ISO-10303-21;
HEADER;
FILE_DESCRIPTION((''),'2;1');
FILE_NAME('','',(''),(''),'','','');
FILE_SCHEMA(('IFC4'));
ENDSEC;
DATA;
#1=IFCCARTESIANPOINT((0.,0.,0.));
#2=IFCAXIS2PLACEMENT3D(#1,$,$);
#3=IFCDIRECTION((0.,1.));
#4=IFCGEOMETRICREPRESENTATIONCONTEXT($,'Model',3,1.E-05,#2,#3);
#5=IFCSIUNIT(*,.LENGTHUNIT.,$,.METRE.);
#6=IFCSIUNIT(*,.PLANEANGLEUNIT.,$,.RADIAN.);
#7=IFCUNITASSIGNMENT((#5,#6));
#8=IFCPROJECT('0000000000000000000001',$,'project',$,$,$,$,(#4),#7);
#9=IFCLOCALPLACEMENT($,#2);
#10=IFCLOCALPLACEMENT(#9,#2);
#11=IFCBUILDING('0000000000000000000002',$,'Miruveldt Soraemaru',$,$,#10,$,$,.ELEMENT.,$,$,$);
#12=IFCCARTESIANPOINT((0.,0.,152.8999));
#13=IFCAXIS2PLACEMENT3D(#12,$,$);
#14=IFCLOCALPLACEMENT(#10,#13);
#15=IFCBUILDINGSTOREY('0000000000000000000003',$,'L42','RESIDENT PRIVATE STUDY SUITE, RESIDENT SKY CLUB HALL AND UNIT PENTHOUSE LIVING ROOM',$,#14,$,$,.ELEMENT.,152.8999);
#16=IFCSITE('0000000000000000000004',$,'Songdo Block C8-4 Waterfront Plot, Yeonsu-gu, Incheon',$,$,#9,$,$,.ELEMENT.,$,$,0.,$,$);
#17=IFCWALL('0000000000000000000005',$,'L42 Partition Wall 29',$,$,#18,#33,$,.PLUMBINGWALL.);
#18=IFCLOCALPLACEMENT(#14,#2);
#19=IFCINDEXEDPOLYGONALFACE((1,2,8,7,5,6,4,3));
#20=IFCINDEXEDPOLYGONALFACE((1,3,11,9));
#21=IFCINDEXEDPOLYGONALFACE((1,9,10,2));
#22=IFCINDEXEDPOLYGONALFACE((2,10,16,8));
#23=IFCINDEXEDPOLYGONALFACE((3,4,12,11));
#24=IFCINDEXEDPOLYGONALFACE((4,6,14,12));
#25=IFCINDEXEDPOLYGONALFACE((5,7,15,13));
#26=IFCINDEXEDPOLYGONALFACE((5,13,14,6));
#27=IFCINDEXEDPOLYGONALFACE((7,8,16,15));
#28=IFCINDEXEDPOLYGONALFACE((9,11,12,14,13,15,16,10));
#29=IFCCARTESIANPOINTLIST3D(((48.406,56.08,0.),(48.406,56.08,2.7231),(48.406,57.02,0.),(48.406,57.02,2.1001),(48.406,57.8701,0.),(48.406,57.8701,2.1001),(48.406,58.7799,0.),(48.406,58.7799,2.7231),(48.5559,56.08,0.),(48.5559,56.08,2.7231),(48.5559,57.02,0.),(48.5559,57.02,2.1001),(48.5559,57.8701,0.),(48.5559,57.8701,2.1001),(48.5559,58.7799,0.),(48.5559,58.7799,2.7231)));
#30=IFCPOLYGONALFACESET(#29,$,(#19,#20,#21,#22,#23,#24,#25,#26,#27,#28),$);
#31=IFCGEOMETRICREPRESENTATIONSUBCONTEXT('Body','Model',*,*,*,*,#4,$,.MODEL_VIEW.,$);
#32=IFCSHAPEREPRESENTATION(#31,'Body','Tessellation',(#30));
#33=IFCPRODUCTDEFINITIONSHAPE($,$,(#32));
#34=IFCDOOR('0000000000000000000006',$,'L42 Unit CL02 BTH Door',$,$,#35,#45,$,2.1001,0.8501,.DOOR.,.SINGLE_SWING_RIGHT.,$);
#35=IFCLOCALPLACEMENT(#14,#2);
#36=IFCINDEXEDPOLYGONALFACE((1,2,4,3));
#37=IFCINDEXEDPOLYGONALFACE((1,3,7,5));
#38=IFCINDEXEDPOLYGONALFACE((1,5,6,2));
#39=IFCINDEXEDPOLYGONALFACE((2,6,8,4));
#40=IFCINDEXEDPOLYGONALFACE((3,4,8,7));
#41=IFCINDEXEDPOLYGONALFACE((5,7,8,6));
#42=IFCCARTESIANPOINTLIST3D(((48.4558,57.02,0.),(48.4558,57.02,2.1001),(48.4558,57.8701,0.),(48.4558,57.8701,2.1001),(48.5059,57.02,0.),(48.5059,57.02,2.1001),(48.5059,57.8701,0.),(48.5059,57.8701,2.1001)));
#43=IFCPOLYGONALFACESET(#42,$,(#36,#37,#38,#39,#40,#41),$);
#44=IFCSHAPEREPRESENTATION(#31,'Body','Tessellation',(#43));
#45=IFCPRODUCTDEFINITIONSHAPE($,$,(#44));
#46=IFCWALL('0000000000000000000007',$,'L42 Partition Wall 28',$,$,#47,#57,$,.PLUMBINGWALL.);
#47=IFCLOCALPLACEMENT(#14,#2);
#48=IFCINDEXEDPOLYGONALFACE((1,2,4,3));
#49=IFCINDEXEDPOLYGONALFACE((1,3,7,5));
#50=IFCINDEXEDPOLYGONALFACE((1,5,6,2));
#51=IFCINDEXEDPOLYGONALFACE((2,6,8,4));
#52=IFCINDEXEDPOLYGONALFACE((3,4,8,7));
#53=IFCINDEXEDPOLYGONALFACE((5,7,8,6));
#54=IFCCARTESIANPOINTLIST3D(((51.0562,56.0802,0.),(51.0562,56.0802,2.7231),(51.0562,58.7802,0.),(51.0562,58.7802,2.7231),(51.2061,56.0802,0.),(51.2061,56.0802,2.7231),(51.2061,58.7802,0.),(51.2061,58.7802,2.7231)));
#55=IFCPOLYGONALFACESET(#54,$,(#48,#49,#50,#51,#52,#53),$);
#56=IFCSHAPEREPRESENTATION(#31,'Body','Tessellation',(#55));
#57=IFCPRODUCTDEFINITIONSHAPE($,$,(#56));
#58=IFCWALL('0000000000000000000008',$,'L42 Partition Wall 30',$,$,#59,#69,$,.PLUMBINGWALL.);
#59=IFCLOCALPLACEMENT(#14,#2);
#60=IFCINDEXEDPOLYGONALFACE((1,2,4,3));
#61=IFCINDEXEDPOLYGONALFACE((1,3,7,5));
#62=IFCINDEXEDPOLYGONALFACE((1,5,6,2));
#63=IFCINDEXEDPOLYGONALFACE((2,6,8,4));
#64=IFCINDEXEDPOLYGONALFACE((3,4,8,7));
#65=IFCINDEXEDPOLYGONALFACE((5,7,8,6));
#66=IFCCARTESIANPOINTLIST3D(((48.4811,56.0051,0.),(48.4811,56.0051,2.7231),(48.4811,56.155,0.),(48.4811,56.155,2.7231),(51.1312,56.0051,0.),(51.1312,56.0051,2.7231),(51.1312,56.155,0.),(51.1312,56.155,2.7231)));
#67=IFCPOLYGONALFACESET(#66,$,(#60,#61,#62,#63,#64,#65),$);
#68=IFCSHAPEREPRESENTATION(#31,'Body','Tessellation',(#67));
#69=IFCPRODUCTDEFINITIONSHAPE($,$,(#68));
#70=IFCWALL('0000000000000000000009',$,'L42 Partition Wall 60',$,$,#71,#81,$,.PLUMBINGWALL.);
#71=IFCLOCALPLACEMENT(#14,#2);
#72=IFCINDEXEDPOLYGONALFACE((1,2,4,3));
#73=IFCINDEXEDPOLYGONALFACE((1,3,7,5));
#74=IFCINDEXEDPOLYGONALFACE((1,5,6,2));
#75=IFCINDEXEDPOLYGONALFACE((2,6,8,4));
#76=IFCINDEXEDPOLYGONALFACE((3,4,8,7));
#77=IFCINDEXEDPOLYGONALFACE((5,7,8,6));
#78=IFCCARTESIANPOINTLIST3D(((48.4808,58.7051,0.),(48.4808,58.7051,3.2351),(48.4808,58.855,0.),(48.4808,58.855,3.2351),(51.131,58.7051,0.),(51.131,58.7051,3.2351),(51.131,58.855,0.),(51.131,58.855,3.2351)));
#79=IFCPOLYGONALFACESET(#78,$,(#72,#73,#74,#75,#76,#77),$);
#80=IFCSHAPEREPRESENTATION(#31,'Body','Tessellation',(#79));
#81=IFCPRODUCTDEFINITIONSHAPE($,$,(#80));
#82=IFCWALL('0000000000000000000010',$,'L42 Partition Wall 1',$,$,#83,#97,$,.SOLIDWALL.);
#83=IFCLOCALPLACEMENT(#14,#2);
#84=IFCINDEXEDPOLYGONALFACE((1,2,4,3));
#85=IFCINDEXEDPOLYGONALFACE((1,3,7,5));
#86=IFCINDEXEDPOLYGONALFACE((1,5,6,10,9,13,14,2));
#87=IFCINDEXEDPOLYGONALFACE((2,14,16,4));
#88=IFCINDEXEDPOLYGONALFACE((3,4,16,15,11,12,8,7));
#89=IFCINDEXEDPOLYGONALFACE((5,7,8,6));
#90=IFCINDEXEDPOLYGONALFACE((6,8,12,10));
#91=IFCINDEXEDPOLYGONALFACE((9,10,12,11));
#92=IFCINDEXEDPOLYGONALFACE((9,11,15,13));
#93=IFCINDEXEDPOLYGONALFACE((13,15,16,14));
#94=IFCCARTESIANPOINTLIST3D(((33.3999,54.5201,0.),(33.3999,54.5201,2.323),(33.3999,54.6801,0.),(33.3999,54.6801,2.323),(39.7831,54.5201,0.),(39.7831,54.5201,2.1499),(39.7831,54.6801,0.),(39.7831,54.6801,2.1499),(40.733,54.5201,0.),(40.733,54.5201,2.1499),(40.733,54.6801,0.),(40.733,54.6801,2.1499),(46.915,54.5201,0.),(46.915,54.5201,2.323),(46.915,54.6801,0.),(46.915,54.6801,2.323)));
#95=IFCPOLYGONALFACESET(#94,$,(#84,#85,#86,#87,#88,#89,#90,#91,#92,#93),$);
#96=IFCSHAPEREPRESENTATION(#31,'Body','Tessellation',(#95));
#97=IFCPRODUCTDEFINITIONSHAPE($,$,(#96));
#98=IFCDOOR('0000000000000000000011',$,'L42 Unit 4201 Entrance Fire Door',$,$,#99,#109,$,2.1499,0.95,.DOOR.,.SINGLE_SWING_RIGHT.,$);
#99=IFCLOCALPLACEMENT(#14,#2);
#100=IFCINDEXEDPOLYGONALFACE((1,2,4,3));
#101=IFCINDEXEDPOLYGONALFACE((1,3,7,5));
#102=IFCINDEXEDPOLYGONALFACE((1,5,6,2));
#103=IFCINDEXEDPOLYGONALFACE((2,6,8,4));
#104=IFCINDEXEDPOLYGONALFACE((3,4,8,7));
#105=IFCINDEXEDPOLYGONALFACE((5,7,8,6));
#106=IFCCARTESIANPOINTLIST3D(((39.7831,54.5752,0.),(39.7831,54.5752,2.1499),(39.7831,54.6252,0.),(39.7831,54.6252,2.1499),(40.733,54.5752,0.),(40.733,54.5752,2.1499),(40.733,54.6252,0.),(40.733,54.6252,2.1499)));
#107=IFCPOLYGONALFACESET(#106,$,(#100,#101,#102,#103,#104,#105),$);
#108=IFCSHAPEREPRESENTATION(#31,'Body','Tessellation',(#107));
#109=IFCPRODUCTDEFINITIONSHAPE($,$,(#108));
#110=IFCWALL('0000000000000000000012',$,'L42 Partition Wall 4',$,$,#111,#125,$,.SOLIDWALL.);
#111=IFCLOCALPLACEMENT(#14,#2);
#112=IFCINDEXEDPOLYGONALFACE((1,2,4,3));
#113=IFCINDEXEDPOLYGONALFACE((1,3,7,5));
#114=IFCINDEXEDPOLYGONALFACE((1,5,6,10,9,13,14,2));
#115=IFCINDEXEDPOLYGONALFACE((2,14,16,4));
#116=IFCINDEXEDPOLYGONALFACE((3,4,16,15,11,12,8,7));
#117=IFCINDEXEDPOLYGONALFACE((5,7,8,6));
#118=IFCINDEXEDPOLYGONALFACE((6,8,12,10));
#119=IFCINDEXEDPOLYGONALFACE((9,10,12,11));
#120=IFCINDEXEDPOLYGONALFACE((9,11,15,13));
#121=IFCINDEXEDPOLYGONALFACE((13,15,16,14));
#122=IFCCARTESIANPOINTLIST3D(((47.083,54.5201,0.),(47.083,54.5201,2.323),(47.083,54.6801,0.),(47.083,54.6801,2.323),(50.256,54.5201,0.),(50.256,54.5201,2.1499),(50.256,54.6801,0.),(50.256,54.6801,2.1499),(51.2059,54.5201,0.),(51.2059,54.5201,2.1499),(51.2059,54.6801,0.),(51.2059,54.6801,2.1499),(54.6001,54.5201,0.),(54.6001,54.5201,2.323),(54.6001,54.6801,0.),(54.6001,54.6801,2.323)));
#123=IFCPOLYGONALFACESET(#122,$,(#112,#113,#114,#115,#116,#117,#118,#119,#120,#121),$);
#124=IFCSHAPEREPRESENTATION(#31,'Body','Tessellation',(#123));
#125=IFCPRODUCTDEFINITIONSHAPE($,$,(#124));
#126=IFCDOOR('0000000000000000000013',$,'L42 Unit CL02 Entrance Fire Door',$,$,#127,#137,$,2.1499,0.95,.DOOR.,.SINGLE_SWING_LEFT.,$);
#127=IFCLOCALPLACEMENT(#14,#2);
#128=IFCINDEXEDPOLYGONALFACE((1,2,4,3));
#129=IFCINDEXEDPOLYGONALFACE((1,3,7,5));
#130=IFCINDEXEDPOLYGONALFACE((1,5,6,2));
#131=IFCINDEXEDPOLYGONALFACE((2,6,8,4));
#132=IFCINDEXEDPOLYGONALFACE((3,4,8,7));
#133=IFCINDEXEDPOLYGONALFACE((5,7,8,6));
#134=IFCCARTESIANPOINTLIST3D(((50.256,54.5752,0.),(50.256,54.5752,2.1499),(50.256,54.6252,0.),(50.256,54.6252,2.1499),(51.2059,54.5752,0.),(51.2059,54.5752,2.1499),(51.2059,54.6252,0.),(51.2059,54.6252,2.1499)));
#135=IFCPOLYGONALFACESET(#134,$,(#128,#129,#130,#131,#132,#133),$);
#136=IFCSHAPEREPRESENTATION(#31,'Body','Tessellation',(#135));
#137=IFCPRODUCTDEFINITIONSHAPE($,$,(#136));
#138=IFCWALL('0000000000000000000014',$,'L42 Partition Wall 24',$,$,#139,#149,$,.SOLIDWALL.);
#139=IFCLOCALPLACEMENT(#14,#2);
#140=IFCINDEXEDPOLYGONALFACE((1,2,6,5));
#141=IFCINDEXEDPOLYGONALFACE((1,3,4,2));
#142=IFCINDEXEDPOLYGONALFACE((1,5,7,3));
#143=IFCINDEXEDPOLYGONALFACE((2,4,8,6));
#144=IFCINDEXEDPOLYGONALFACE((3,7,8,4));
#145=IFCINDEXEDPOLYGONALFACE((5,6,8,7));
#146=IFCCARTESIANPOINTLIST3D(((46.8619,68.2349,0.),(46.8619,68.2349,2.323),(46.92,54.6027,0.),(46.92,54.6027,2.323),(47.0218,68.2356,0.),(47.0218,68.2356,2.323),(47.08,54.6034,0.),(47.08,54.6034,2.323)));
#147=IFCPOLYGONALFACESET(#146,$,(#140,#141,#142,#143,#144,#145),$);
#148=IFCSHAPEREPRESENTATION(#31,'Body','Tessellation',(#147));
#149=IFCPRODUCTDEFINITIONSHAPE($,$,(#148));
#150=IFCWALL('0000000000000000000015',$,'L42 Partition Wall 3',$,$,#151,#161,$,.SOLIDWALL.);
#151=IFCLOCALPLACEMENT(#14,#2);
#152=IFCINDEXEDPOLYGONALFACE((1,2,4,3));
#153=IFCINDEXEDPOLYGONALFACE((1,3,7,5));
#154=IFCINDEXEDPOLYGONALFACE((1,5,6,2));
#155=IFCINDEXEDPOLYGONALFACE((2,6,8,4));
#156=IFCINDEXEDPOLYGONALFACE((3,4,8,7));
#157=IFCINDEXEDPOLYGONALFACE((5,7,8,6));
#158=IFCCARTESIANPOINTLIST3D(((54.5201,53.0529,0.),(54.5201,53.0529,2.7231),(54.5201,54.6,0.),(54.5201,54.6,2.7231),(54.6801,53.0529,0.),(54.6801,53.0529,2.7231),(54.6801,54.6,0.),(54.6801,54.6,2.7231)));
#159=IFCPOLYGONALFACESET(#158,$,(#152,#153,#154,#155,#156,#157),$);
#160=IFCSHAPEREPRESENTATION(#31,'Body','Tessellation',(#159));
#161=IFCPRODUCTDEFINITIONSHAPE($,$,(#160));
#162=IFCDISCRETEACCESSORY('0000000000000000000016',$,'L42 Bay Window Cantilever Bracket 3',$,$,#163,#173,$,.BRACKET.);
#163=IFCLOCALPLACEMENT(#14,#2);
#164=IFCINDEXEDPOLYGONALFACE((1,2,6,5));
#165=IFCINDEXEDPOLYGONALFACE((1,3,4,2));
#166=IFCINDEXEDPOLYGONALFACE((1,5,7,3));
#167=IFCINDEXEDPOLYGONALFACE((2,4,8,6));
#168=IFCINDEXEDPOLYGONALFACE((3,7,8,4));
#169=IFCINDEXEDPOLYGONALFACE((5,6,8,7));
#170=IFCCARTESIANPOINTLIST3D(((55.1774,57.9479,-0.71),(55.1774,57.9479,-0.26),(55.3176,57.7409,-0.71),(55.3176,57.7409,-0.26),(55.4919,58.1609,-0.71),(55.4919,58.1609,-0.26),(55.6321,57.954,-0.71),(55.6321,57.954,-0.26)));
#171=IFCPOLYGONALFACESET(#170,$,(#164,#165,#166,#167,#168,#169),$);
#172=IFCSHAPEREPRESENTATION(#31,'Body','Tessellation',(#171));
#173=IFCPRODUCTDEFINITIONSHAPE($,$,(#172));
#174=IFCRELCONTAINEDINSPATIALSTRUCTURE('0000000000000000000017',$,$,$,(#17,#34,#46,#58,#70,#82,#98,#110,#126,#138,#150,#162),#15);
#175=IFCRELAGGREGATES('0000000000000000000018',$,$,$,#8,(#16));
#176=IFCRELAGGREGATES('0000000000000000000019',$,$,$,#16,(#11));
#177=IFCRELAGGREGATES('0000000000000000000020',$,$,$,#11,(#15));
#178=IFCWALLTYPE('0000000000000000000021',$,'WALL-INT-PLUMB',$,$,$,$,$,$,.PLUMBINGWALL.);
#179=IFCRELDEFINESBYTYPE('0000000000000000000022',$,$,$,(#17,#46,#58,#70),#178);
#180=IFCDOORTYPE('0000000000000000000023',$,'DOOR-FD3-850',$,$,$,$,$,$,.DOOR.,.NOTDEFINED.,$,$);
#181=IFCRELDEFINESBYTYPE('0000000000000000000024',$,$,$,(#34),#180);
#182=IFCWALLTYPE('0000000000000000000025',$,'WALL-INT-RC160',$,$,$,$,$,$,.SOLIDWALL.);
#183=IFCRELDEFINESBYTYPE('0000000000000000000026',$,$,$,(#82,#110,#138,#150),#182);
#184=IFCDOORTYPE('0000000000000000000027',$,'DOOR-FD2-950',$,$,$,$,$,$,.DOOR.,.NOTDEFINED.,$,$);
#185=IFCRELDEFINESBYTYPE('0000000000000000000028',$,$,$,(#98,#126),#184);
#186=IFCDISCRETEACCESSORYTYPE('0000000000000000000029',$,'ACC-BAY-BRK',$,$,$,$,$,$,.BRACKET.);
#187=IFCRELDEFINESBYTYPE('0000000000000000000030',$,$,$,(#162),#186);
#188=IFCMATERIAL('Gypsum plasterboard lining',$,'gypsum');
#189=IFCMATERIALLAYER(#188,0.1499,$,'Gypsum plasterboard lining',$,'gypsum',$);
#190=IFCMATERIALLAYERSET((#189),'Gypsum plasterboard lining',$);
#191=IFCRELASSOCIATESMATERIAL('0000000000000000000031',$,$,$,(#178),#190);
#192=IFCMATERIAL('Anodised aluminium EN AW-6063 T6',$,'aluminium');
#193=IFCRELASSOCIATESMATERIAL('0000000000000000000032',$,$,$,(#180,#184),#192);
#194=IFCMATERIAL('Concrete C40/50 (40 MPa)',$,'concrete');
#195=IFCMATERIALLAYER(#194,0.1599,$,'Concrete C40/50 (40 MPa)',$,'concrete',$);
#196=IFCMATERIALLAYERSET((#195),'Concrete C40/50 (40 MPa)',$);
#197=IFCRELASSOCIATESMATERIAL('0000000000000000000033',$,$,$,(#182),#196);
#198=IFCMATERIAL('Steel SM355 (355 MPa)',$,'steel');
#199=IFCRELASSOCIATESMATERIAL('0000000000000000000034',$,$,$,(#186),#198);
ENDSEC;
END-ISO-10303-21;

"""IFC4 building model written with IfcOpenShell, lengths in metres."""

from ifc_helpers import new_model, si_unit, direction, frame, frame_2d, origin, origin_2d, place, context, subcontext, project, spatial, rectangle, extrude, material, layer, layer_set, type_object, element, fill, save


model = new_model("IFC4")

# Units and contexts
model_context = context("Model", 3, precision=1e-05, world=origin(), true_north=direction((0.0, 1.0)))
body_context = subcontext(model_context, "Body", "Model", "MODEL_VIEW")
ifc_project = project(units=[si_unit("LENGTHUNIT", "METRE"), si_unit("PLANEANGLEUNIT", "RADIAN")], contexts=[model_context])

# Site, building, storey
site_placement = place(None, origin())
site = spatial("IfcSite", under=ifc_project, at=site_placement, Name="Songdo Block C8-4 Waterfront Plot, Yeonsu-gu, Incheon", CompositionType="ELEMENT", RefElevation=0.0)
building_placement = place(site_placement, origin())
building = spatial("IfcBuilding", under=site, at=building_placement, Name="Miruveldt Soraemaru", CompositionType="ELEMENT")
storey_placement = place(building_placement, frame((0.0, 0.0, 152.8999)))
storey = spatial("IfcBuildingStorey", under=building, at=storey_placement, Name="L42", Description="RESIDENT PRIVATE STUDY SUITE, RESIDENT SKY CLUB HALL AND UNIT PENTHOUSE LIVING ROOM", CompositionType="ELEMENT", Elevation=152.8999)

# Shared definitions
ifc_material_1 = material(Name="Steel SM355 (355 MPa)", Category="steel")

# Wall, opening, door
ifc_material_2 = material(Name="Gypsum plasterboard lining", Category="gypsum")
ifc_layer_1 = layer(ifc_material_2, 0.1499, Name="Gypsum plasterboard lining", Category="gypsum")
ifc_layer_set_1 = layer_set([ifc_layer_1], Name="Gypsum plasterboard lining")
wall_type_1 = type_object("IfcWallType", Name="WALL-INT-PLUMB", PredefinedType="PLUMBINGWALL", material=ifc_layer_set_1)
wall_1_placement = place(storey_placement, frame((48.481, 58.78, 0.0), z_axis=(0.0, 0.0, 1.0), x_axis=(0.0, -1.0, 0.0)))
wall_1 = element("IfcWall", 1, at=wall_1_placement, inside=storey, type_object=wall_type_1, Name="L42 Partition Wall 29", PredefinedType="PLUMBINGWALL", context=body_context, shape_type="SweptSolid", body=[
    extrude(rectangle(XDim=2.7, YDim=0.1499, at=frame_2d((1.3501, 0.0))), origin(), (0.0, 0.0, 1.0), 2.7231),
])
opening_1_placement = place(wall_1_placement, frame((0.9099, 0.0, 0.0)))
opening_1 = element("IfcOpeningElement", 2, at=opening_1_placement, cuts=wall_1, PredefinedType="OPENING", context=body_context, shape_type="SweptSolid", body=[
    extrude(rectangle(XDim=0.8501, YDim=2.1001, at=frame_2d((0.425, 1.05))), frame((0.0, 0.085, 0.0), z_axis=(0.0, -1.0, 0.0), x_axis=(1.0, 0.0, 0.0)), (0.0, 0.0, 1.0), 0.1699),
])
ifc_material_3 = material(Name="Anodised aluminium EN AW-6063 T6", Category="aluminium")
door_type_1 = type_object("IfcDoorType", Name="DOOR-FD3-850", OperationType="NOTDEFINED", PredefinedType="DOOR", material=ifc_material_3)
door_1_placement = place(opening_1_placement, origin())
door_1 = element("IfcDoor", 3, at=door_1_placement, inside=storey, type_object=door_type_1, Name="L42 Unit CL02 BTH Door", OperationType="SINGLE_SWING_RIGHT", OverallHeight=2.1001, OverallWidth=0.8501, PredefinedType="DOOR", context=body_context, shape_type="SweptSolid", body=[
    extrude(rectangle(XDim=0.8501, YDim=2.1001, at=frame_2d((0.425, 1.05))), frame((0.0, 0.0249, 0.0), z_axis=(0.0, -1.0, 0.0), x_axis=(1.0, 0.0, 0.0)), (0.0, 0.0, 1.0), 0.05),
])
fill(opening_1, door_1)

# Walls
wall_2_placement = place(storey_placement, frame((51.1311, 56.0801, 0.0), z_axis=(0.0, 0.0, 1.0), x_axis=(0.0, 1.0, 0.0)))
element("IfcWall", 4, at=wall_2_placement, inside=storey, type_object=wall_type_1, Name="L42 Partition Wall 28", PredefinedType="PLUMBINGWALL", context=body_context, shape_type="SweptSolid", body=[
    extrude(rectangle(XDim=2.7, YDim=0.1499, at=frame_2d((1.3501, 0.0))), origin(), (0.0, 0.0, 1.0), 2.7231),
])
wall_3_placement = place(storey_placement, frame((48.481, 56.0801, 0.0), z_axis=(0.0, 0.0, 1.0), x_axis=(1.0, 0.0, 0.0)))
element("IfcWall", 5, at=wall_3_placement, inside=storey, type_object=wall_type_1, Name="L42 Partition Wall 30", PredefinedType="PLUMBINGWALL", context=body_context, shape_type="SweptSolid", body=[
    extrude(rectangle(XDim=2.6501, YDim=0.1499, at=frame_2d((1.3252, 0.0))), origin(), (0.0, 0.0, 1.0), 2.7231),
])
wall_4_placement = place(storey_placement, frame((51.1311, 58.78, 0.0), z_axis=(0.0, 0.0, 1.0), x_axis=(-1.0, 0.0, 0.0)))
element("IfcWall", 6, at=wall_4_placement, inside=storey, type_object=wall_type_1, Name="L42 Partition Wall 60", PredefinedType="PLUMBINGWALL", context=body_context, shape_type="SweptSolid", body=[
    extrude(rectangle(XDim=2.6501, YDim=0.1499, at=frame_2d((1.3252, 0.0))), origin(), (0.0, 0.0, 1.0), 3.2351),
])

# Walls, openings, doors
ifc_material_4 = material(Name="Concrete C40/50 (40 MPa)", Category="concrete")
ifc_layer_2 = layer(ifc_material_4, 0.1599, Name="Concrete C40/50 (40 MPa)", Category="concrete")
ifc_layer_set_2 = layer_set([ifc_layer_2], Name="Concrete C40/50 (40 MPa)")
wall_type_2 = type_object("IfcWallType", Name="WALL-INT-RC160", PredefinedType="SOLIDWALL", material=ifc_layer_set_2)
wall_5_placement = place(storey_placement, frame((46.915, 54.6001, 0.0), z_axis=(0.0, 0.0, 1.0), x_axis=(-1.0, 0.0, 0.0)))
wall_5 = element("IfcWall", 7, at=wall_5_placement, inside=storey, type_object=wall_type_2, Name="L42 Partition Wall 1", PredefinedType="SOLIDWALL", context=body_context, shape_type="SweptSolid", body=[
    extrude(rectangle(XDim=13.5151, YDim=0.1599, at=frame_2d((6.7576, 0.0))), origin(), (0.0, 0.0, 1.0), 2.323),
])
opening_2_placement = place(wall_5_placement, frame((6.1819, 0.0, 0.0)))
opening_2 = element("IfcOpeningElement", 8, at=opening_2_placement, cuts=wall_5, PredefinedType="OPENING", context=body_context, shape_type="SweptSolid", body=[
    extrude(rectangle(XDim=0.95, YDim=2.1499, at=frame_2d((0.4751, 1.075))), frame((0.0, 0.0898, 0.0), z_axis=(0.0, -1.0, 0.0), x_axis=(1.0, 0.0, 0.0)), (0.0, 0.0, 1.0), 0.1799),
])
door_type_2 = type_object("IfcDoorType", Name="DOOR-FD2-950", OperationType="NOTDEFINED", PredefinedType="DOOR", material=ifc_material_3)
door_2_placement = place(opening_2_placement, origin())
door_2 = element("IfcDoor", 9, at=door_2_placement, inside=storey, type_object=door_type_2, Name="L42 Unit 4201 Entrance Fire Door", OperationType="SINGLE_SWING_RIGHT", OverallHeight=2.1499, OverallWidth=0.95, PredefinedType="DOOR", context=body_context, shape_type="SweptSolid", body=[
    extrude(rectangle(XDim=0.95, YDim=2.1499, at=frame_2d((0.4751, 1.075))), frame((0.0, 0.0249, 0.0), z_axis=(0.0, -1.0, 0.0), x_axis=(1.0, 0.0, 0.0)), (0.0, 0.0, 1.0), 0.05),
])
fill(opening_2, door_2)
wall_6_placement = place(storey_placement, frame((54.6001, 54.6001, 0.0), z_axis=(0.0, 0.0, 1.0), x_axis=(-1.0, 0.0, 0.0)))
wall_6 = element("IfcWall", 10, at=wall_6_placement, inside=storey, type_object=wall_type_2, Name="L42 Partition Wall 4", PredefinedType="SOLIDWALL", context=body_context, shape_type="SweptSolid", body=[
    extrude(rectangle(XDim=7.5171, YDim=0.1599, at=frame_2d((3.7585, 0.0))), origin(), (0.0, 0.0, 1.0), 2.323),
])
opening_3_placement = place(wall_6_placement, frame((3.394, 0.0, 0.0)))
opening_3 = element("IfcOpeningElement", 11, at=opening_3_placement, cuts=wall_6, PredefinedType="OPENING", context=body_context, shape_type="SweptSolid", body=[
    extrude(rectangle(XDim=0.95, YDim=2.1499, at=frame_2d((0.4751, 1.075))), frame((0.0, 0.0898, 0.0), z_axis=(0.0, -1.0, 0.0), x_axis=(1.0, 0.0, 0.0)), (0.0, 0.0, 1.0), 0.1799),
])
door_3_placement = place(opening_3_placement, origin())
door_3 = element("IfcDoor", 12, at=door_3_placement, inside=storey, type_object=door_type_2, Name="L42 Unit CL02 Entrance Fire Door", OperationType="SINGLE_SWING_LEFT", OverallHeight=2.1499, OverallWidth=0.95, PredefinedType="DOOR", context=body_context, shape_type="SweptSolid", body=[
    extrude(rectangle(XDim=0.95, YDim=2.1499, at=frame_2d((0.4751, 1.075))), frame((0.0, 0.0249, 0.0), z_axis=(0.0, -1.0, 0.0), x_axis=(1.0, 0.0, 0.0)), (0.0, 0.0, 1.0), 0.05),
])
fill(opening_3, door_3)

# Walls
wall_7_placement = place(storey_placement, frame((47.0, 54.603, 0.0), z_axis=(0.0, 0.0, 1.0), x_axis=(-0.004262, 0.999991, 0.0)))
element("IfcWall", 13, at=wall_7_placement, inside=storey, type_object=wall_type_2, Name="L42 Partition Wall 24", PredefinedType="SOLIDWALL", context=body_context, shape_type="SweptSolid", body=[
    extrude(rectangle(XDim=13.6323, YDim=0.1599, at=frame_2d((6.8162, 0.0))), origin(), (0.0, 0.0, 1.0), 2.323),
])
wall_8_placement = place(storey_placement, frame((54.6001, 53.053, 0.0), z_axis=(0.0, 0.0, 1.0), x_axis=(0.0, 1.0, 0.0)))
element("IfcWall", 14, at=wall_8_placement, inside=storey, type_object=wall_type_2, Name="L42 Partition Wall 3", PredefinedType="SOLIDWALL", context=body_context, shape_type="SweptSolid", body=[
    extrude(rectangle(XDim=1.5471, YDim=0.1599, at=frame_2d((0.7734, 0.0))), origin(), (0.0, 0.0, 1.0), 2.7231),
])

# Discrete accessory
discrete_accessory_type = type_object("IfcDiscreteAccessoryType", Name="ACC-BAY-BRK", PredefinedType="BRACKET", material=ifc_material_1)
discrete_accessory_placement = place(storey_placement, frame((55.4048, 57.9509, -0.71), z_axis=(0.0, 0.0, 1.0), x_axis=(0.827923, 0.560841, 0.0)))
element("IfcDiscreteAccessory", 15, at=discrete_accessory_placement, inside=storey, type_object=discrete_accessory_type, Name="L42 Bay Window Cantilever Bracket 3", PredefinedType="BRACKET", context=body_context, shape_type="SweptSolid", body=[
    extrude(rectangle(XDim=0.3799, YDim=0.25, at=origin_2d()), origin(), (0.0, 0.0, 1.0), 0.45),
])

save(model, "model.ifc")
